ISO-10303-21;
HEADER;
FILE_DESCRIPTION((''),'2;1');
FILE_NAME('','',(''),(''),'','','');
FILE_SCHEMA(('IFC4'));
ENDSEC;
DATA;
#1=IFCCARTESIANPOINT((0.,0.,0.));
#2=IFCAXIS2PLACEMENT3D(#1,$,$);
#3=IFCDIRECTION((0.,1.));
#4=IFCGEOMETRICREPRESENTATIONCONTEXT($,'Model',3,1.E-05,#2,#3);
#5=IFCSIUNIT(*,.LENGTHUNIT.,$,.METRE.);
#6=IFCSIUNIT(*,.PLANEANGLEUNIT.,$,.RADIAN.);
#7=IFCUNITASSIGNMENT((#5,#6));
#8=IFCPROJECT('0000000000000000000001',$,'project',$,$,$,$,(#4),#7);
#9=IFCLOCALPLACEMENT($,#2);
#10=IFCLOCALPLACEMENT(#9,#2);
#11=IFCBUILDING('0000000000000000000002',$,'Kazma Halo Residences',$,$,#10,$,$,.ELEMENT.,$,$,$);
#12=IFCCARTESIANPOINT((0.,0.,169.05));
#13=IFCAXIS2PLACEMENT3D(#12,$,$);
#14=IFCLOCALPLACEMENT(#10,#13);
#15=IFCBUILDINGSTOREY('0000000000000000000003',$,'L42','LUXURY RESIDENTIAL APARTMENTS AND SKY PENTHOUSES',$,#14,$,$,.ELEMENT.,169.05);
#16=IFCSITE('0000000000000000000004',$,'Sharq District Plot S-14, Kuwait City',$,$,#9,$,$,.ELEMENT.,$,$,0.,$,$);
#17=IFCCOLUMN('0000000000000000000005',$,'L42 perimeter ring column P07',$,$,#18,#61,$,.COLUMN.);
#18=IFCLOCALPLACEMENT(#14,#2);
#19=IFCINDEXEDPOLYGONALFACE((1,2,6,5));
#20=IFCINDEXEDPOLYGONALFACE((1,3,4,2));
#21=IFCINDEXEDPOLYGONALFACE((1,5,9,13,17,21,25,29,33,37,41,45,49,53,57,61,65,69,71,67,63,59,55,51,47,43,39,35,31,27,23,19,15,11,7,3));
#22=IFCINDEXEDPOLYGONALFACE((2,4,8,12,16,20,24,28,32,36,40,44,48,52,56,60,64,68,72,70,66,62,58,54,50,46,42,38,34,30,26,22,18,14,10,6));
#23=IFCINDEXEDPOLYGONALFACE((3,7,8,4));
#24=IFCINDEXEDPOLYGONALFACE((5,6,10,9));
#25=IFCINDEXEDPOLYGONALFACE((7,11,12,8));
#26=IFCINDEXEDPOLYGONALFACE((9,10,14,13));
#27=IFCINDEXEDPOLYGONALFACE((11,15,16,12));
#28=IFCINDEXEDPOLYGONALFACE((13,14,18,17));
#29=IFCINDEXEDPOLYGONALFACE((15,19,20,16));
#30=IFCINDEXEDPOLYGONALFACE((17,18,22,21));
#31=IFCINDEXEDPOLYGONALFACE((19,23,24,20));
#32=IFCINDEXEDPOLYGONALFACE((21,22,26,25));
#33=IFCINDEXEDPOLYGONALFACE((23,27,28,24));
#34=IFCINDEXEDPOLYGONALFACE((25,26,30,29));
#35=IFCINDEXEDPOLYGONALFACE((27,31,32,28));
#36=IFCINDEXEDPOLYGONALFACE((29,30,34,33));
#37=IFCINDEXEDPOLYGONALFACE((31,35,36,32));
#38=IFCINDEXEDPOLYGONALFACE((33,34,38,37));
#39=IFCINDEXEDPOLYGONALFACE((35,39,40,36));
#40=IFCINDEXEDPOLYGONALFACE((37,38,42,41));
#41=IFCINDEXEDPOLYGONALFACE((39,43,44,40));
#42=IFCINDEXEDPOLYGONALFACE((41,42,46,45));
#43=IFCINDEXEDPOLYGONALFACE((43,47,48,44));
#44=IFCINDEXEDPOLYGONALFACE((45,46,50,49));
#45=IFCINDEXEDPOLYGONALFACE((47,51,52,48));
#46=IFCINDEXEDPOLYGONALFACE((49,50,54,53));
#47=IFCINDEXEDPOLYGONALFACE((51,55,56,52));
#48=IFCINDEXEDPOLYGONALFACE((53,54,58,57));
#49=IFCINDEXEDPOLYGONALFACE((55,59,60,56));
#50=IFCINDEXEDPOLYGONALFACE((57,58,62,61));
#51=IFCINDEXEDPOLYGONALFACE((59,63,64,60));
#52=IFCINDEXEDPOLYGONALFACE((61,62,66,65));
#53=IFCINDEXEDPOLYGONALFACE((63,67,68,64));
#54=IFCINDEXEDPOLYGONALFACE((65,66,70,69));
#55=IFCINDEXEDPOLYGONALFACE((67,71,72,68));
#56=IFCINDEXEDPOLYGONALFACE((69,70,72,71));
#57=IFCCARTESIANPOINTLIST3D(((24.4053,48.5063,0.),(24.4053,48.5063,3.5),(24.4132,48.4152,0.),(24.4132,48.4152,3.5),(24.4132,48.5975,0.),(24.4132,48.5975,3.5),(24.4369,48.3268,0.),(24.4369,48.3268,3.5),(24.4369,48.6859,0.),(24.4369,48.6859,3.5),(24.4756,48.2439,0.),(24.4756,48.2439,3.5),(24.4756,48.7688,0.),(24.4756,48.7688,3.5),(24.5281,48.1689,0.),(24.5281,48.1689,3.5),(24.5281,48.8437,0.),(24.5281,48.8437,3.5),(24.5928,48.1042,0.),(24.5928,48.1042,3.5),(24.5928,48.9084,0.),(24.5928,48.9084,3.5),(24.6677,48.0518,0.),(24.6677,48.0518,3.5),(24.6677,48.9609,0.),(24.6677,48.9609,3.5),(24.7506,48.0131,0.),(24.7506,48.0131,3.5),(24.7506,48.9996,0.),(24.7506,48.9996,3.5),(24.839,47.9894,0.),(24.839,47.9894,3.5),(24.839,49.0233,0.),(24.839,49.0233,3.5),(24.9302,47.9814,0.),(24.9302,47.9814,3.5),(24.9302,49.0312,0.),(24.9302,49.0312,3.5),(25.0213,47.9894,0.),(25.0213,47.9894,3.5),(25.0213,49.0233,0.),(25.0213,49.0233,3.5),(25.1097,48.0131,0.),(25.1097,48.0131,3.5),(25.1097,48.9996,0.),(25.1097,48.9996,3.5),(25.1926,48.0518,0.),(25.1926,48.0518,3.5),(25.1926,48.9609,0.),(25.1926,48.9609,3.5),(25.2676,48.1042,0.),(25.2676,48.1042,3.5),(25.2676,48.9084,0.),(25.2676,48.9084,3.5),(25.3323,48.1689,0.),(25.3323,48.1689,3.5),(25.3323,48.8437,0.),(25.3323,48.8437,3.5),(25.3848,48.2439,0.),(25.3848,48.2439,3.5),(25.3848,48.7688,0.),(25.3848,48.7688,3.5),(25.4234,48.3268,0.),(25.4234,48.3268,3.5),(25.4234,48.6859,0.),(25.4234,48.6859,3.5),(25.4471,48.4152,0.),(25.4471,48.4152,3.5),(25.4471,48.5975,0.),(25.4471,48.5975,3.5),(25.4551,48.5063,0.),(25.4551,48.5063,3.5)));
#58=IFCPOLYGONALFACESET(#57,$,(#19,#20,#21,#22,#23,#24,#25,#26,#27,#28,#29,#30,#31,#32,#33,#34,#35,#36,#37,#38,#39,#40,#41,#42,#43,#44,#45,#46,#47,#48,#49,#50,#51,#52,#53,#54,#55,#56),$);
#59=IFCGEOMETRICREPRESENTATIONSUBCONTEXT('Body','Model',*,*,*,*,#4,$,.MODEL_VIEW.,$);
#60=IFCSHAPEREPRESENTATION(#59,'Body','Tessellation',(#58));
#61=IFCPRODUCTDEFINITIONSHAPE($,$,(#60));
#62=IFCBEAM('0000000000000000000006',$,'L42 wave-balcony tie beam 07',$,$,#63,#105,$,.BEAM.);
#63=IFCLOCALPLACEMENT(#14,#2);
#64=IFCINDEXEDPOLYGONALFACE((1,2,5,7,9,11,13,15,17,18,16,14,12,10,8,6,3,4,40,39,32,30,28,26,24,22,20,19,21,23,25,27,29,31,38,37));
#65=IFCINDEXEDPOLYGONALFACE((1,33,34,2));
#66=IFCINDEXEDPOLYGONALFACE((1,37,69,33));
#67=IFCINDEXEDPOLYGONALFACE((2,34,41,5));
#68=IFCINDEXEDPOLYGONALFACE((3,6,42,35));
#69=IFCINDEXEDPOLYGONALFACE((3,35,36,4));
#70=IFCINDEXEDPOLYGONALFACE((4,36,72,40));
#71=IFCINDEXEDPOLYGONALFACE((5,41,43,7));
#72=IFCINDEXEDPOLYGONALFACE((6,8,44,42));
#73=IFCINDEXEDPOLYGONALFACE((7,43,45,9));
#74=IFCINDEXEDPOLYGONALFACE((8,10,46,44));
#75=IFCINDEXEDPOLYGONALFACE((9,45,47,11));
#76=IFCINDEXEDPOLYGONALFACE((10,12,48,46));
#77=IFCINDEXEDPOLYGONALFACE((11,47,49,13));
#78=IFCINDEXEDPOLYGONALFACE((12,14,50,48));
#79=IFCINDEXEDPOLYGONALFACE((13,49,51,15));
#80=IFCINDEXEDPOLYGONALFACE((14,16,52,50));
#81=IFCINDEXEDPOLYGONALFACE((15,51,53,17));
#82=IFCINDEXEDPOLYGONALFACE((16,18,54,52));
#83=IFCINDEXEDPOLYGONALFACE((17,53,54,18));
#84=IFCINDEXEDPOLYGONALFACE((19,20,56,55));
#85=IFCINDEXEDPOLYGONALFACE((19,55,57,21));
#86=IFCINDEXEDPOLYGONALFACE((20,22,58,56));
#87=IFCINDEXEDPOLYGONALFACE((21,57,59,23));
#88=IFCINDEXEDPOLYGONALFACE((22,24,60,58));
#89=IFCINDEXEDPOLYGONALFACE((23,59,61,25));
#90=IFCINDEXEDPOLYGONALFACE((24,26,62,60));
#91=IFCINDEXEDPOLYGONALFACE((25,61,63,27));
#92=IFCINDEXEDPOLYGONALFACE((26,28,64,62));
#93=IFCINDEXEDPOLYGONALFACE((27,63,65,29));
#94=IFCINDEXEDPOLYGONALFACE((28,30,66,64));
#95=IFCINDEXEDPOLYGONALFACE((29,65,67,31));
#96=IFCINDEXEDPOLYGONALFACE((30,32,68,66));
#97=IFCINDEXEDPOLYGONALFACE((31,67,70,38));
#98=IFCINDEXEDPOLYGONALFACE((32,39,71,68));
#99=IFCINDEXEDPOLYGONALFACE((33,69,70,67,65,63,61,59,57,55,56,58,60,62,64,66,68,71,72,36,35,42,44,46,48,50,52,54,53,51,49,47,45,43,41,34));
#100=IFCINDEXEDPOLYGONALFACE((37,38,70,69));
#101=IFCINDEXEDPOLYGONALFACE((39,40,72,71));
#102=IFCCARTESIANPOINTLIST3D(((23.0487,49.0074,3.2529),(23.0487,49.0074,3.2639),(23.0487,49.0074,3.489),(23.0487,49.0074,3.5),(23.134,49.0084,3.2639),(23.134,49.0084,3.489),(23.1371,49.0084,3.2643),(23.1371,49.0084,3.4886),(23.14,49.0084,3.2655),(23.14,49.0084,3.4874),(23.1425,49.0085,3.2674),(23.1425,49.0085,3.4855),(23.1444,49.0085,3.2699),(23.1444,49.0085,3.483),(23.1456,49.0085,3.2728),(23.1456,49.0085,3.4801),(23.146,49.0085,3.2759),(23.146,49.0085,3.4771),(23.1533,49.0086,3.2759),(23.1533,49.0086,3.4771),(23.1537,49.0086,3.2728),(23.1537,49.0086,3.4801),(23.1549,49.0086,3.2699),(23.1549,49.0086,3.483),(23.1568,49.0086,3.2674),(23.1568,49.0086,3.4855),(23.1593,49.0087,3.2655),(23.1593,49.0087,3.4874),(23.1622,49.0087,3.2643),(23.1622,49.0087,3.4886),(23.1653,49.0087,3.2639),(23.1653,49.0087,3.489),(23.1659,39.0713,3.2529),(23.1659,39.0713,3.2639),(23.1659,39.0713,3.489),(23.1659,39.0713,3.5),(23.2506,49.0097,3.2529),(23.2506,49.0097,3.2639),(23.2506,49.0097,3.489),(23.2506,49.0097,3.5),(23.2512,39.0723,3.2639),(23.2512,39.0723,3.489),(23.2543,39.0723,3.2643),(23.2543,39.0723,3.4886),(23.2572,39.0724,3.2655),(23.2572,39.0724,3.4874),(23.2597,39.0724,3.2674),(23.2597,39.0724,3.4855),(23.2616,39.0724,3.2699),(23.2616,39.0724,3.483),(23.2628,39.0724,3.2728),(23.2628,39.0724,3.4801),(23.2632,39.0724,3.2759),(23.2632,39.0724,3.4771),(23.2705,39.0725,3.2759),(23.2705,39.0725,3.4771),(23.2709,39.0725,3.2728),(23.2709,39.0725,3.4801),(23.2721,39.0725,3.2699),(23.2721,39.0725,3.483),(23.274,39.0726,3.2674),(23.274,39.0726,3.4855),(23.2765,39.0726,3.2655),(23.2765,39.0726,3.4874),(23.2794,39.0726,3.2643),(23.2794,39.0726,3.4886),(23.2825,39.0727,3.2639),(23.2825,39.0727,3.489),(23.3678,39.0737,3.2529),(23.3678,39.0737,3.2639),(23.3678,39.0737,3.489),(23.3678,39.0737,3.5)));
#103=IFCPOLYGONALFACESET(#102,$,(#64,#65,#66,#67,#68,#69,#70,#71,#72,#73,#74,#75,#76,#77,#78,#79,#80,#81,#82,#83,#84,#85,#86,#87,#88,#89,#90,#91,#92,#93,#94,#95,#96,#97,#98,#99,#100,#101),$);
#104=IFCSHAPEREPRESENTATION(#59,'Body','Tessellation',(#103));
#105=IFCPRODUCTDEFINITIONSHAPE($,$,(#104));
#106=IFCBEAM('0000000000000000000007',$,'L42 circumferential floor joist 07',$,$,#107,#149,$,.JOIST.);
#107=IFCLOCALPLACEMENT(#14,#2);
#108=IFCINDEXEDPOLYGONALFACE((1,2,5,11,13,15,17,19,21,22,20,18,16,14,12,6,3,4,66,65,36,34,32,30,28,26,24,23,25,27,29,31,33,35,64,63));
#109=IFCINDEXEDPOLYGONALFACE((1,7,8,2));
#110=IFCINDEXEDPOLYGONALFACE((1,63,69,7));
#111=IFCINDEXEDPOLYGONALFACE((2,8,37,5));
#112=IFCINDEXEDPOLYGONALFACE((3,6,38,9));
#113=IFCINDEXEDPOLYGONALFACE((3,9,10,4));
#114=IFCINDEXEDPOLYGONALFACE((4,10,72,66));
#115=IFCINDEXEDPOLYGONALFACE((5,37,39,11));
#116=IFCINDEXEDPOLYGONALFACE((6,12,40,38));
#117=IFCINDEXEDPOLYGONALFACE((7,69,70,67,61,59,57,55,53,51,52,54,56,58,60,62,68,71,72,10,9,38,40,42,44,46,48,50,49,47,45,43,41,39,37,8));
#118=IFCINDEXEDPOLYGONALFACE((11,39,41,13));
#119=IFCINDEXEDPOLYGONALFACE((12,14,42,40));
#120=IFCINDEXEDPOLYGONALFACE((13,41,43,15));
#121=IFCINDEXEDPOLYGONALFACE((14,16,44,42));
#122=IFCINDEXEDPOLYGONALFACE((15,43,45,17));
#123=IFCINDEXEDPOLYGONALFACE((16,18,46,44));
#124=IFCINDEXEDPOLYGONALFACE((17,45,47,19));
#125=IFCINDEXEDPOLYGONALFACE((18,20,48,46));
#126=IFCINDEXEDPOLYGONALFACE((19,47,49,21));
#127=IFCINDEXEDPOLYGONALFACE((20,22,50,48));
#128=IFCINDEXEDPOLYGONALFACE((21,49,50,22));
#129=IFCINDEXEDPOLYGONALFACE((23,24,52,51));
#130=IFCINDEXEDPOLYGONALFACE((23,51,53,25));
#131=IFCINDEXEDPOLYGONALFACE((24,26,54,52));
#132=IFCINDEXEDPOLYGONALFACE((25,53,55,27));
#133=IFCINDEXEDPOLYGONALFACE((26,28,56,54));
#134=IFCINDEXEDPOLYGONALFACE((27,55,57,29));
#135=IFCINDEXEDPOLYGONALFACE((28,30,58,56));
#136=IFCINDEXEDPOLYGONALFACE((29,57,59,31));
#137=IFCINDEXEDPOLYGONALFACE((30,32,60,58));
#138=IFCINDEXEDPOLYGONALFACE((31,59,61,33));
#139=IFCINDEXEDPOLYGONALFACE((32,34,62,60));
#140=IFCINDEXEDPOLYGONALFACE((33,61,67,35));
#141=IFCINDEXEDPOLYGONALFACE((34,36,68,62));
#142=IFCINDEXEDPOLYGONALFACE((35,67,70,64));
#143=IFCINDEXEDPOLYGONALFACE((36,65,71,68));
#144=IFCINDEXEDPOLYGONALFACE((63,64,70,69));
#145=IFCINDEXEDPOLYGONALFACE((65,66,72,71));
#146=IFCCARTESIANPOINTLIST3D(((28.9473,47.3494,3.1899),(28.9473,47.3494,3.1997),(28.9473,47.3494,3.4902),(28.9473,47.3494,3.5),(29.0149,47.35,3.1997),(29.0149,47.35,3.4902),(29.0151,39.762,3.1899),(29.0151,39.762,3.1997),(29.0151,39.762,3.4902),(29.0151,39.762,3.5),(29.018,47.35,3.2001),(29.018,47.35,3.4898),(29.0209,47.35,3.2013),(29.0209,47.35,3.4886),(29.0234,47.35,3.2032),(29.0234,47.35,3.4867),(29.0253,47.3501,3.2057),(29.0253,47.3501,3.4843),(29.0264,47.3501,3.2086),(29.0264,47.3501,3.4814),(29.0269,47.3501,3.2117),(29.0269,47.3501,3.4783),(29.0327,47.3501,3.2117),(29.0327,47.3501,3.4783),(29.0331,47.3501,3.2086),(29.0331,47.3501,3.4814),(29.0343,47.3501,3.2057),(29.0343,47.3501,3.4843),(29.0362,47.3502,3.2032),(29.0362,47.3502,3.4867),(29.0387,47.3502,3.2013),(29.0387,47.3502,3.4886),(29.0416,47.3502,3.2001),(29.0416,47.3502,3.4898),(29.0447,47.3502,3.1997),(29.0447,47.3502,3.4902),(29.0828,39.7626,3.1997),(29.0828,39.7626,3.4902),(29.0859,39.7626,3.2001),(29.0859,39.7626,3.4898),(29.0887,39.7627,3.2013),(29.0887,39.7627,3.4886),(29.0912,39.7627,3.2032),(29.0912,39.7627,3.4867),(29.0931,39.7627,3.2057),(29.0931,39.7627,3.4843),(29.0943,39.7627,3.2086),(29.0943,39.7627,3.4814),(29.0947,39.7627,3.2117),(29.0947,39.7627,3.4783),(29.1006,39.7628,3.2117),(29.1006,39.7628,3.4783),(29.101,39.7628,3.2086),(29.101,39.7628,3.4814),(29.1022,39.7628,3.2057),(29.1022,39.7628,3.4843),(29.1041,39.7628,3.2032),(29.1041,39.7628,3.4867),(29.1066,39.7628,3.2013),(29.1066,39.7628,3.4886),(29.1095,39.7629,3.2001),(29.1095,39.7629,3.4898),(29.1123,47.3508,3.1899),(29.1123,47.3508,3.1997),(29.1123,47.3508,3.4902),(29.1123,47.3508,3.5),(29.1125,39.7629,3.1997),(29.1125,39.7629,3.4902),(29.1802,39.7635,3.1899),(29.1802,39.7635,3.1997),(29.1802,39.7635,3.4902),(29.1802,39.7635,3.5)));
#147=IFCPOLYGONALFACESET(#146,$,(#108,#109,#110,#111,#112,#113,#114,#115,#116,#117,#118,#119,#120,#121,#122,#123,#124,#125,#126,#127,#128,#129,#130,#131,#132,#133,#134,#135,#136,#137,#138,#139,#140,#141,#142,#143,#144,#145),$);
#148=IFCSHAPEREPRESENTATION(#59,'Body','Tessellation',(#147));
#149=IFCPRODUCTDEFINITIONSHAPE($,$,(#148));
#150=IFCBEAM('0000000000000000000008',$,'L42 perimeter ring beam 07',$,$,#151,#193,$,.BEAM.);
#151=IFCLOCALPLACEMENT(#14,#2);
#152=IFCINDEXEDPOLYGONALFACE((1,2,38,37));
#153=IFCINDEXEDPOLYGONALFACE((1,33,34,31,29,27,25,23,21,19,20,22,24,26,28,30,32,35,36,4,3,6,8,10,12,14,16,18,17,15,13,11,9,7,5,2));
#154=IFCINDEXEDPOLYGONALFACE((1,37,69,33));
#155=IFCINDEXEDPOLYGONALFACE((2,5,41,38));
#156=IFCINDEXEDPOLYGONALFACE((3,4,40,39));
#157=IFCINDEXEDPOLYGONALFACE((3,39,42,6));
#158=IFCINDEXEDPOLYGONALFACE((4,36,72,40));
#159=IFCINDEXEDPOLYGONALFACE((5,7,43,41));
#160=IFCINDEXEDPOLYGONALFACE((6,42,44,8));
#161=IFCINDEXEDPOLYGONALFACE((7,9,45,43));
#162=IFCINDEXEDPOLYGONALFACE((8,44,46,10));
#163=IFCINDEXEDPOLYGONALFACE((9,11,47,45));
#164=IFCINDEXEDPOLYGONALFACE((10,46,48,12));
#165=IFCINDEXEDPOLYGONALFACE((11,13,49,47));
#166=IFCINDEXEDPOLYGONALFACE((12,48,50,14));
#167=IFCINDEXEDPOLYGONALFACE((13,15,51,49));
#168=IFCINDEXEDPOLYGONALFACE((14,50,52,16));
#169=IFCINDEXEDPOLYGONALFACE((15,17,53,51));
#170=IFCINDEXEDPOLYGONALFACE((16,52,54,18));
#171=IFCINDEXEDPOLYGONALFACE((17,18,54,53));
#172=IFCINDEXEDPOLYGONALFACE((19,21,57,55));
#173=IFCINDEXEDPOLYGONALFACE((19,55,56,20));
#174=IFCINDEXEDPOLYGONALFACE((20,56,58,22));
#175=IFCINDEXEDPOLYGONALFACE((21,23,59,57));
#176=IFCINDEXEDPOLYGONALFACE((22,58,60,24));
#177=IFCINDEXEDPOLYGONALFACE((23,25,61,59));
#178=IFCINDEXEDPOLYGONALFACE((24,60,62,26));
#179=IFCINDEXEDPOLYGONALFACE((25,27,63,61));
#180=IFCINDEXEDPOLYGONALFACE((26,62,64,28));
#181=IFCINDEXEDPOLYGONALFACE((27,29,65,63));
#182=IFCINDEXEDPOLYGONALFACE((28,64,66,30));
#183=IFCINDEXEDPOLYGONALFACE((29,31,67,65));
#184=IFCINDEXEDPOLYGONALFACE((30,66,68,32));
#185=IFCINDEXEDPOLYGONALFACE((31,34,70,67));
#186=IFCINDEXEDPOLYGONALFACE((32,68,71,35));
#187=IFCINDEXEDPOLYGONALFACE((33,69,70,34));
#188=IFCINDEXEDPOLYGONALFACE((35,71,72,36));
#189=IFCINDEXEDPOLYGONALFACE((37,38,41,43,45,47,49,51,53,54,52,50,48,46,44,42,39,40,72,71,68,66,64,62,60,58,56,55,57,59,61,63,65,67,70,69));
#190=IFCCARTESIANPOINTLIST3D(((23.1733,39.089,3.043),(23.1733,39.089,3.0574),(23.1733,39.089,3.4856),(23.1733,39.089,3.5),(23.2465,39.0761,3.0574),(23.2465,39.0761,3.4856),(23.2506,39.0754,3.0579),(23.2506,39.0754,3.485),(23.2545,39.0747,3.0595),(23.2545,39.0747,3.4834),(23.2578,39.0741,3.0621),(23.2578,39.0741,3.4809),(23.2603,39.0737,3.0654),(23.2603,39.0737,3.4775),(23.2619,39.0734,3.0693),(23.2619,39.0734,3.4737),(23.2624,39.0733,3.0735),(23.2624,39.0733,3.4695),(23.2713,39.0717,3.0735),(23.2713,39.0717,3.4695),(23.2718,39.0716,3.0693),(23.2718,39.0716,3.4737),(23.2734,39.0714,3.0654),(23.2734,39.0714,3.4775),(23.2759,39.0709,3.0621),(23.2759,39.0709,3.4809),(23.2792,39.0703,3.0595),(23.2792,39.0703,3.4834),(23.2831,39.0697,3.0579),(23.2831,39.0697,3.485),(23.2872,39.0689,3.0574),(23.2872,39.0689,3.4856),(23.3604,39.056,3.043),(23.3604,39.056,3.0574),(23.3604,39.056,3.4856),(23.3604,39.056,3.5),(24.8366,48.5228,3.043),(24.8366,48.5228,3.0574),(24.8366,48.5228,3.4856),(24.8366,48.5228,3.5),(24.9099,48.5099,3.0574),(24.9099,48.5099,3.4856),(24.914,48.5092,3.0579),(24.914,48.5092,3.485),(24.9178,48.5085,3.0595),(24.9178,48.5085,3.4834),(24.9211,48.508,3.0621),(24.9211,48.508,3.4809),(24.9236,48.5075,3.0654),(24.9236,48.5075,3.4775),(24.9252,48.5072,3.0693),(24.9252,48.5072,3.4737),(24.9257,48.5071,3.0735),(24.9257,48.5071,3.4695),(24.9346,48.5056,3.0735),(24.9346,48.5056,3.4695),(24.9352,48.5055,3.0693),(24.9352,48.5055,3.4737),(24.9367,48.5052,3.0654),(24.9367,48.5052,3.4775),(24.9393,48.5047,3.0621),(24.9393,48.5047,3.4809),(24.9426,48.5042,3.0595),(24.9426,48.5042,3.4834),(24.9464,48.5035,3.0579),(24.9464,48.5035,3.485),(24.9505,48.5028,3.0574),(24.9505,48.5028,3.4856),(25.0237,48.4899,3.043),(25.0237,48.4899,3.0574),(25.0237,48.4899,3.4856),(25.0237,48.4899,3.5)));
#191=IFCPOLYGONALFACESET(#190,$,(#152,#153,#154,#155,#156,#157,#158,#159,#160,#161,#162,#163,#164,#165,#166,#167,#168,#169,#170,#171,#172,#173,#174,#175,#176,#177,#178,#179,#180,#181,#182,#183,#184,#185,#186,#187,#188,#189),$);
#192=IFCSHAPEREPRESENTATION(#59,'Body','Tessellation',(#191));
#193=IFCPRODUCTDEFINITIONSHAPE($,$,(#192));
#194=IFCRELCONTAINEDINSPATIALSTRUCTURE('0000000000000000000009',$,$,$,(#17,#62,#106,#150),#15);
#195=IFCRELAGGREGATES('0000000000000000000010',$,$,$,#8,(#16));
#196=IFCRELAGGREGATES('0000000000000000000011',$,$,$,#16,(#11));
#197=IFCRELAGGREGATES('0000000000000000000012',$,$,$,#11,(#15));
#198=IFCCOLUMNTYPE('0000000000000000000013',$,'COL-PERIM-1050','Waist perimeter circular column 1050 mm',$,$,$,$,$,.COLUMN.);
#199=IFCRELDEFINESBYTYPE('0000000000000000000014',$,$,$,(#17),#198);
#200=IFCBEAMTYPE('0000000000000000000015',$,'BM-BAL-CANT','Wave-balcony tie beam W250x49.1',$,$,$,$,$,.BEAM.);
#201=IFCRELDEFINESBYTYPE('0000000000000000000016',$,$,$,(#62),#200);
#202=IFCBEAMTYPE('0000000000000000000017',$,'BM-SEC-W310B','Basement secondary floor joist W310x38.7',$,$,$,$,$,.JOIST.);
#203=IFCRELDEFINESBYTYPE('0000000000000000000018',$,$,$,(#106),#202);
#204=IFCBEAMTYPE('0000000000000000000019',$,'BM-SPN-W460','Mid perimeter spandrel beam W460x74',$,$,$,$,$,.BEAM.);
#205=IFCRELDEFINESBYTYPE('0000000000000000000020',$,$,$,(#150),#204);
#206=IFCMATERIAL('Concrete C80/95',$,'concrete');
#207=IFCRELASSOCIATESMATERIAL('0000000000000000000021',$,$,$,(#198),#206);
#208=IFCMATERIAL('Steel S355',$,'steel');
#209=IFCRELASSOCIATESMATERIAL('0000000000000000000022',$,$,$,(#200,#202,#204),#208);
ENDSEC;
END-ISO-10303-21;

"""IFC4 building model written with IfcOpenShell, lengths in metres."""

from ifc_helpers import new_model, si_unit, direction, frame, origin, origin_2d, place, context, subcontext, project, spatial, circle, i_section, extrude, material, material_profile, profile_set, type_object, element, save


model = new_model("IFC4")

# Units and contexts
model_context = context("Model", 3, precision=1e-05, world=origin(), true_north=direction((0.0, 1.0)))
body_context = subcontext(model_context, "Body", "Model", "MODEL_VIEW")
ifc_project = project(units=[si_unit("LENGTHUNIT", "METRE"), si_unit("PLANEANGLEUNIT", "RADIAN")], contexts=[model_context])

# Site, building, storey
site_placement = place(None, origin())
site = spatial("IfcSite", under=ifc_project, at=site_placement, Name="Sharq District Plot S-14, Kuwait City", CompositionType="ELEMENT", RefElevation=0.0)
building_placement = place(site_placement, origin())
building = spatial("IfcBuilding", under=site, at=building_placement, Name="Kazma Halo Residences", CompositionType="ELEMENT")
storey_placement = place(building_placement, frame((0.0, 0.0, 169.05)))
storey = spatial("IfcBuildingStorey", under=building, at=storey_placement, Name="L42", Description="LUXURY RESIDENTIAL APARTMENTS AND SKY PENTHOUSES", CompositionType="ELEMENT", Elevation=169.05)

# Column
ifc_material_1 = material(Name="Concrete C80/95", Category="concrete")
ifc_material_profile_1 = material_profile(ifc_material_1, circle(Radius=0.5249, at=origin_2d()), Name="CIRC1050")
ifc_profile_set_1 = profile_set([ifc_material_profile_1], Name="Concrete C80/95")
column_type = type_object("IfcColumnType", Name="COL-PERIM-1050", Description="Waist perimeter circular column 1050 mm", PredefinedType="COLUMN", material=ifc_profile_set_1)
column_placement = place(storey_placement, frame((24.9302, 48.5063, 0.0), z_axis=(0.0, 0.0, 1.0), x_axis=(1.0, 0.0, 0.0)))
element("IfcColumn", 1, at=column_placement, inside=storey, type_object=column_type, Name="L42 perimeter ring column P07", PredefinedType="COLUMN", context=body_context, shape_type="SweptSolid", body=[
    extrude(circle(Radius=0.5249, at=origin_2d()), origin(), (0.0, 0.0, 1.0), 3.5),
])

# Beams
ifc_material_2 = material(Name="Steel S355", Category="steel")
ifc_material_profile_2 = material_profile(ifc_material_2, i_section(OverallWidth=0.2019, OverallDepth=0.2471, WebThickness=0.0073, FlangeThickness=0.011, FilletRadius=0.012, at=origin_2d()), Name="W250x49.1")
ifc_profile_set_2 = profile_set([ifc_material_profile_2], Name="Steel S355")
beam_type_1 = type_object("IfcBeamType", Name="BM-BAL-CANT", Description="Wave-balcony tie beam W250x49.1", PredefinedType="BEAM", material=ifc_profile_set_2)
beam_1_placement = place(storey_placement, frame((23.1497, 49.0085, 3.3765), z_axis=(0.011793, -0.99993, 0.0), x_axis=(0.99993, 0.011793, 0.0)))
element("IfcBeam", 2, at=beam_1_placement, inside=storey, type_object=beam_type_1, Name="L42 wave-balcony tie beam 07", PredefinedType="BEAM", context=body_context, shape_type="SweptSolid", body=[
    extrude(i_section(OverallWidth=0.2019, OverallDepth=0.2471, WebThickness=0.0073, FlangeThickness=0.011, FilletRadius=0.012, at=origin_2d()), origin(), (0.0, 0.0, 1.0), 9.9368),
])
ifc_material_profile_3 = material_profile(ifc_material_2, i_section(OverallWidth=0.165, OverallDepth=0.3101, WebThickness=0.0059, FlangeThickness=0.0098, FilletRadius=0.012, at=origin_2d()), Name="W310x38.7")
ifc_profile_set_3 = profile_set([ifc_material_profile_3], Name="Steel S355")
beam_type_2 = type_object("IfcBeamType", Name="BM-SEC-W310B", Description="Basement secondary floor joist W310x38.7", PredefinedType="JOIST", material=ifc_profile_set_3)
beam_2_placement = place(storey_placement, frame((29.0298, 47.3501, 3.345), z_axis=(0.008945, -0.99996, 0.0), x_axis=(0.99996, 0.008945, 0.0)))
element("IfcBeam", 3, at=beam_2_placement, inside=storey, type_object=beam_type_2, Name="L42 circumferential floor joist 07", PredefinedType="JOIST", context=body_context, shape_type="SweptSolid", body=[
    extrude(i_section(OverallWidth=0.165, OverallDepth=0.3101, WebThickness=0.0059, FlangeThickness=0.0098, FilletRadius=0.012, at=origin_2d()), origin(), (0.0, 0.0, 1.0), 7.5876),
])
ifc_material_profile_4 = material_profile(ifc_material_2, i_section(OverallWidth=0.1899, OverallDepth=0.457, WebThickness=0.009, FlangeThickness=0.0144, FilletRadius=0.0161, at=origin_2d()), Name="W460x74")
ifc_profile_set_4 = profile_set([ifc_material_profile_4], Name="Steel S355")
beam_type_3 = type_object("IfcBeamType", Name="BM-SPN-W460", Description="Mid perimeter spandrel beam W460x74", PredefinedType="BEAM", material=ifc_profile_set_4)
beam_3_placement = place(storey_placement, frame((24.9302, 48.5063, 3.2715), z_axis=(-0.173637, -0.98481, 0.0), x_axis=(0.98481, -0.173637, 0.0)))
element("IfcBeam", 4, at=beam_3_placement, inside=storey, type_object=beam_type_3, Name="L42 perimeter ring beam 07", PredefinedType="BEAM", context=body_context, shape_type="SweptSolid", body=[
    extrude(i_section(OverallWidth=0.1899, OverallDepth=0.457, WebThickness=0.009, FlangeThickness=0.0144, FilletRadius=0.0161, at=origin_2d()), origin(), (0.0, 0.0, 1.0), 9.5793),
])

save(model, "model.ifc")
